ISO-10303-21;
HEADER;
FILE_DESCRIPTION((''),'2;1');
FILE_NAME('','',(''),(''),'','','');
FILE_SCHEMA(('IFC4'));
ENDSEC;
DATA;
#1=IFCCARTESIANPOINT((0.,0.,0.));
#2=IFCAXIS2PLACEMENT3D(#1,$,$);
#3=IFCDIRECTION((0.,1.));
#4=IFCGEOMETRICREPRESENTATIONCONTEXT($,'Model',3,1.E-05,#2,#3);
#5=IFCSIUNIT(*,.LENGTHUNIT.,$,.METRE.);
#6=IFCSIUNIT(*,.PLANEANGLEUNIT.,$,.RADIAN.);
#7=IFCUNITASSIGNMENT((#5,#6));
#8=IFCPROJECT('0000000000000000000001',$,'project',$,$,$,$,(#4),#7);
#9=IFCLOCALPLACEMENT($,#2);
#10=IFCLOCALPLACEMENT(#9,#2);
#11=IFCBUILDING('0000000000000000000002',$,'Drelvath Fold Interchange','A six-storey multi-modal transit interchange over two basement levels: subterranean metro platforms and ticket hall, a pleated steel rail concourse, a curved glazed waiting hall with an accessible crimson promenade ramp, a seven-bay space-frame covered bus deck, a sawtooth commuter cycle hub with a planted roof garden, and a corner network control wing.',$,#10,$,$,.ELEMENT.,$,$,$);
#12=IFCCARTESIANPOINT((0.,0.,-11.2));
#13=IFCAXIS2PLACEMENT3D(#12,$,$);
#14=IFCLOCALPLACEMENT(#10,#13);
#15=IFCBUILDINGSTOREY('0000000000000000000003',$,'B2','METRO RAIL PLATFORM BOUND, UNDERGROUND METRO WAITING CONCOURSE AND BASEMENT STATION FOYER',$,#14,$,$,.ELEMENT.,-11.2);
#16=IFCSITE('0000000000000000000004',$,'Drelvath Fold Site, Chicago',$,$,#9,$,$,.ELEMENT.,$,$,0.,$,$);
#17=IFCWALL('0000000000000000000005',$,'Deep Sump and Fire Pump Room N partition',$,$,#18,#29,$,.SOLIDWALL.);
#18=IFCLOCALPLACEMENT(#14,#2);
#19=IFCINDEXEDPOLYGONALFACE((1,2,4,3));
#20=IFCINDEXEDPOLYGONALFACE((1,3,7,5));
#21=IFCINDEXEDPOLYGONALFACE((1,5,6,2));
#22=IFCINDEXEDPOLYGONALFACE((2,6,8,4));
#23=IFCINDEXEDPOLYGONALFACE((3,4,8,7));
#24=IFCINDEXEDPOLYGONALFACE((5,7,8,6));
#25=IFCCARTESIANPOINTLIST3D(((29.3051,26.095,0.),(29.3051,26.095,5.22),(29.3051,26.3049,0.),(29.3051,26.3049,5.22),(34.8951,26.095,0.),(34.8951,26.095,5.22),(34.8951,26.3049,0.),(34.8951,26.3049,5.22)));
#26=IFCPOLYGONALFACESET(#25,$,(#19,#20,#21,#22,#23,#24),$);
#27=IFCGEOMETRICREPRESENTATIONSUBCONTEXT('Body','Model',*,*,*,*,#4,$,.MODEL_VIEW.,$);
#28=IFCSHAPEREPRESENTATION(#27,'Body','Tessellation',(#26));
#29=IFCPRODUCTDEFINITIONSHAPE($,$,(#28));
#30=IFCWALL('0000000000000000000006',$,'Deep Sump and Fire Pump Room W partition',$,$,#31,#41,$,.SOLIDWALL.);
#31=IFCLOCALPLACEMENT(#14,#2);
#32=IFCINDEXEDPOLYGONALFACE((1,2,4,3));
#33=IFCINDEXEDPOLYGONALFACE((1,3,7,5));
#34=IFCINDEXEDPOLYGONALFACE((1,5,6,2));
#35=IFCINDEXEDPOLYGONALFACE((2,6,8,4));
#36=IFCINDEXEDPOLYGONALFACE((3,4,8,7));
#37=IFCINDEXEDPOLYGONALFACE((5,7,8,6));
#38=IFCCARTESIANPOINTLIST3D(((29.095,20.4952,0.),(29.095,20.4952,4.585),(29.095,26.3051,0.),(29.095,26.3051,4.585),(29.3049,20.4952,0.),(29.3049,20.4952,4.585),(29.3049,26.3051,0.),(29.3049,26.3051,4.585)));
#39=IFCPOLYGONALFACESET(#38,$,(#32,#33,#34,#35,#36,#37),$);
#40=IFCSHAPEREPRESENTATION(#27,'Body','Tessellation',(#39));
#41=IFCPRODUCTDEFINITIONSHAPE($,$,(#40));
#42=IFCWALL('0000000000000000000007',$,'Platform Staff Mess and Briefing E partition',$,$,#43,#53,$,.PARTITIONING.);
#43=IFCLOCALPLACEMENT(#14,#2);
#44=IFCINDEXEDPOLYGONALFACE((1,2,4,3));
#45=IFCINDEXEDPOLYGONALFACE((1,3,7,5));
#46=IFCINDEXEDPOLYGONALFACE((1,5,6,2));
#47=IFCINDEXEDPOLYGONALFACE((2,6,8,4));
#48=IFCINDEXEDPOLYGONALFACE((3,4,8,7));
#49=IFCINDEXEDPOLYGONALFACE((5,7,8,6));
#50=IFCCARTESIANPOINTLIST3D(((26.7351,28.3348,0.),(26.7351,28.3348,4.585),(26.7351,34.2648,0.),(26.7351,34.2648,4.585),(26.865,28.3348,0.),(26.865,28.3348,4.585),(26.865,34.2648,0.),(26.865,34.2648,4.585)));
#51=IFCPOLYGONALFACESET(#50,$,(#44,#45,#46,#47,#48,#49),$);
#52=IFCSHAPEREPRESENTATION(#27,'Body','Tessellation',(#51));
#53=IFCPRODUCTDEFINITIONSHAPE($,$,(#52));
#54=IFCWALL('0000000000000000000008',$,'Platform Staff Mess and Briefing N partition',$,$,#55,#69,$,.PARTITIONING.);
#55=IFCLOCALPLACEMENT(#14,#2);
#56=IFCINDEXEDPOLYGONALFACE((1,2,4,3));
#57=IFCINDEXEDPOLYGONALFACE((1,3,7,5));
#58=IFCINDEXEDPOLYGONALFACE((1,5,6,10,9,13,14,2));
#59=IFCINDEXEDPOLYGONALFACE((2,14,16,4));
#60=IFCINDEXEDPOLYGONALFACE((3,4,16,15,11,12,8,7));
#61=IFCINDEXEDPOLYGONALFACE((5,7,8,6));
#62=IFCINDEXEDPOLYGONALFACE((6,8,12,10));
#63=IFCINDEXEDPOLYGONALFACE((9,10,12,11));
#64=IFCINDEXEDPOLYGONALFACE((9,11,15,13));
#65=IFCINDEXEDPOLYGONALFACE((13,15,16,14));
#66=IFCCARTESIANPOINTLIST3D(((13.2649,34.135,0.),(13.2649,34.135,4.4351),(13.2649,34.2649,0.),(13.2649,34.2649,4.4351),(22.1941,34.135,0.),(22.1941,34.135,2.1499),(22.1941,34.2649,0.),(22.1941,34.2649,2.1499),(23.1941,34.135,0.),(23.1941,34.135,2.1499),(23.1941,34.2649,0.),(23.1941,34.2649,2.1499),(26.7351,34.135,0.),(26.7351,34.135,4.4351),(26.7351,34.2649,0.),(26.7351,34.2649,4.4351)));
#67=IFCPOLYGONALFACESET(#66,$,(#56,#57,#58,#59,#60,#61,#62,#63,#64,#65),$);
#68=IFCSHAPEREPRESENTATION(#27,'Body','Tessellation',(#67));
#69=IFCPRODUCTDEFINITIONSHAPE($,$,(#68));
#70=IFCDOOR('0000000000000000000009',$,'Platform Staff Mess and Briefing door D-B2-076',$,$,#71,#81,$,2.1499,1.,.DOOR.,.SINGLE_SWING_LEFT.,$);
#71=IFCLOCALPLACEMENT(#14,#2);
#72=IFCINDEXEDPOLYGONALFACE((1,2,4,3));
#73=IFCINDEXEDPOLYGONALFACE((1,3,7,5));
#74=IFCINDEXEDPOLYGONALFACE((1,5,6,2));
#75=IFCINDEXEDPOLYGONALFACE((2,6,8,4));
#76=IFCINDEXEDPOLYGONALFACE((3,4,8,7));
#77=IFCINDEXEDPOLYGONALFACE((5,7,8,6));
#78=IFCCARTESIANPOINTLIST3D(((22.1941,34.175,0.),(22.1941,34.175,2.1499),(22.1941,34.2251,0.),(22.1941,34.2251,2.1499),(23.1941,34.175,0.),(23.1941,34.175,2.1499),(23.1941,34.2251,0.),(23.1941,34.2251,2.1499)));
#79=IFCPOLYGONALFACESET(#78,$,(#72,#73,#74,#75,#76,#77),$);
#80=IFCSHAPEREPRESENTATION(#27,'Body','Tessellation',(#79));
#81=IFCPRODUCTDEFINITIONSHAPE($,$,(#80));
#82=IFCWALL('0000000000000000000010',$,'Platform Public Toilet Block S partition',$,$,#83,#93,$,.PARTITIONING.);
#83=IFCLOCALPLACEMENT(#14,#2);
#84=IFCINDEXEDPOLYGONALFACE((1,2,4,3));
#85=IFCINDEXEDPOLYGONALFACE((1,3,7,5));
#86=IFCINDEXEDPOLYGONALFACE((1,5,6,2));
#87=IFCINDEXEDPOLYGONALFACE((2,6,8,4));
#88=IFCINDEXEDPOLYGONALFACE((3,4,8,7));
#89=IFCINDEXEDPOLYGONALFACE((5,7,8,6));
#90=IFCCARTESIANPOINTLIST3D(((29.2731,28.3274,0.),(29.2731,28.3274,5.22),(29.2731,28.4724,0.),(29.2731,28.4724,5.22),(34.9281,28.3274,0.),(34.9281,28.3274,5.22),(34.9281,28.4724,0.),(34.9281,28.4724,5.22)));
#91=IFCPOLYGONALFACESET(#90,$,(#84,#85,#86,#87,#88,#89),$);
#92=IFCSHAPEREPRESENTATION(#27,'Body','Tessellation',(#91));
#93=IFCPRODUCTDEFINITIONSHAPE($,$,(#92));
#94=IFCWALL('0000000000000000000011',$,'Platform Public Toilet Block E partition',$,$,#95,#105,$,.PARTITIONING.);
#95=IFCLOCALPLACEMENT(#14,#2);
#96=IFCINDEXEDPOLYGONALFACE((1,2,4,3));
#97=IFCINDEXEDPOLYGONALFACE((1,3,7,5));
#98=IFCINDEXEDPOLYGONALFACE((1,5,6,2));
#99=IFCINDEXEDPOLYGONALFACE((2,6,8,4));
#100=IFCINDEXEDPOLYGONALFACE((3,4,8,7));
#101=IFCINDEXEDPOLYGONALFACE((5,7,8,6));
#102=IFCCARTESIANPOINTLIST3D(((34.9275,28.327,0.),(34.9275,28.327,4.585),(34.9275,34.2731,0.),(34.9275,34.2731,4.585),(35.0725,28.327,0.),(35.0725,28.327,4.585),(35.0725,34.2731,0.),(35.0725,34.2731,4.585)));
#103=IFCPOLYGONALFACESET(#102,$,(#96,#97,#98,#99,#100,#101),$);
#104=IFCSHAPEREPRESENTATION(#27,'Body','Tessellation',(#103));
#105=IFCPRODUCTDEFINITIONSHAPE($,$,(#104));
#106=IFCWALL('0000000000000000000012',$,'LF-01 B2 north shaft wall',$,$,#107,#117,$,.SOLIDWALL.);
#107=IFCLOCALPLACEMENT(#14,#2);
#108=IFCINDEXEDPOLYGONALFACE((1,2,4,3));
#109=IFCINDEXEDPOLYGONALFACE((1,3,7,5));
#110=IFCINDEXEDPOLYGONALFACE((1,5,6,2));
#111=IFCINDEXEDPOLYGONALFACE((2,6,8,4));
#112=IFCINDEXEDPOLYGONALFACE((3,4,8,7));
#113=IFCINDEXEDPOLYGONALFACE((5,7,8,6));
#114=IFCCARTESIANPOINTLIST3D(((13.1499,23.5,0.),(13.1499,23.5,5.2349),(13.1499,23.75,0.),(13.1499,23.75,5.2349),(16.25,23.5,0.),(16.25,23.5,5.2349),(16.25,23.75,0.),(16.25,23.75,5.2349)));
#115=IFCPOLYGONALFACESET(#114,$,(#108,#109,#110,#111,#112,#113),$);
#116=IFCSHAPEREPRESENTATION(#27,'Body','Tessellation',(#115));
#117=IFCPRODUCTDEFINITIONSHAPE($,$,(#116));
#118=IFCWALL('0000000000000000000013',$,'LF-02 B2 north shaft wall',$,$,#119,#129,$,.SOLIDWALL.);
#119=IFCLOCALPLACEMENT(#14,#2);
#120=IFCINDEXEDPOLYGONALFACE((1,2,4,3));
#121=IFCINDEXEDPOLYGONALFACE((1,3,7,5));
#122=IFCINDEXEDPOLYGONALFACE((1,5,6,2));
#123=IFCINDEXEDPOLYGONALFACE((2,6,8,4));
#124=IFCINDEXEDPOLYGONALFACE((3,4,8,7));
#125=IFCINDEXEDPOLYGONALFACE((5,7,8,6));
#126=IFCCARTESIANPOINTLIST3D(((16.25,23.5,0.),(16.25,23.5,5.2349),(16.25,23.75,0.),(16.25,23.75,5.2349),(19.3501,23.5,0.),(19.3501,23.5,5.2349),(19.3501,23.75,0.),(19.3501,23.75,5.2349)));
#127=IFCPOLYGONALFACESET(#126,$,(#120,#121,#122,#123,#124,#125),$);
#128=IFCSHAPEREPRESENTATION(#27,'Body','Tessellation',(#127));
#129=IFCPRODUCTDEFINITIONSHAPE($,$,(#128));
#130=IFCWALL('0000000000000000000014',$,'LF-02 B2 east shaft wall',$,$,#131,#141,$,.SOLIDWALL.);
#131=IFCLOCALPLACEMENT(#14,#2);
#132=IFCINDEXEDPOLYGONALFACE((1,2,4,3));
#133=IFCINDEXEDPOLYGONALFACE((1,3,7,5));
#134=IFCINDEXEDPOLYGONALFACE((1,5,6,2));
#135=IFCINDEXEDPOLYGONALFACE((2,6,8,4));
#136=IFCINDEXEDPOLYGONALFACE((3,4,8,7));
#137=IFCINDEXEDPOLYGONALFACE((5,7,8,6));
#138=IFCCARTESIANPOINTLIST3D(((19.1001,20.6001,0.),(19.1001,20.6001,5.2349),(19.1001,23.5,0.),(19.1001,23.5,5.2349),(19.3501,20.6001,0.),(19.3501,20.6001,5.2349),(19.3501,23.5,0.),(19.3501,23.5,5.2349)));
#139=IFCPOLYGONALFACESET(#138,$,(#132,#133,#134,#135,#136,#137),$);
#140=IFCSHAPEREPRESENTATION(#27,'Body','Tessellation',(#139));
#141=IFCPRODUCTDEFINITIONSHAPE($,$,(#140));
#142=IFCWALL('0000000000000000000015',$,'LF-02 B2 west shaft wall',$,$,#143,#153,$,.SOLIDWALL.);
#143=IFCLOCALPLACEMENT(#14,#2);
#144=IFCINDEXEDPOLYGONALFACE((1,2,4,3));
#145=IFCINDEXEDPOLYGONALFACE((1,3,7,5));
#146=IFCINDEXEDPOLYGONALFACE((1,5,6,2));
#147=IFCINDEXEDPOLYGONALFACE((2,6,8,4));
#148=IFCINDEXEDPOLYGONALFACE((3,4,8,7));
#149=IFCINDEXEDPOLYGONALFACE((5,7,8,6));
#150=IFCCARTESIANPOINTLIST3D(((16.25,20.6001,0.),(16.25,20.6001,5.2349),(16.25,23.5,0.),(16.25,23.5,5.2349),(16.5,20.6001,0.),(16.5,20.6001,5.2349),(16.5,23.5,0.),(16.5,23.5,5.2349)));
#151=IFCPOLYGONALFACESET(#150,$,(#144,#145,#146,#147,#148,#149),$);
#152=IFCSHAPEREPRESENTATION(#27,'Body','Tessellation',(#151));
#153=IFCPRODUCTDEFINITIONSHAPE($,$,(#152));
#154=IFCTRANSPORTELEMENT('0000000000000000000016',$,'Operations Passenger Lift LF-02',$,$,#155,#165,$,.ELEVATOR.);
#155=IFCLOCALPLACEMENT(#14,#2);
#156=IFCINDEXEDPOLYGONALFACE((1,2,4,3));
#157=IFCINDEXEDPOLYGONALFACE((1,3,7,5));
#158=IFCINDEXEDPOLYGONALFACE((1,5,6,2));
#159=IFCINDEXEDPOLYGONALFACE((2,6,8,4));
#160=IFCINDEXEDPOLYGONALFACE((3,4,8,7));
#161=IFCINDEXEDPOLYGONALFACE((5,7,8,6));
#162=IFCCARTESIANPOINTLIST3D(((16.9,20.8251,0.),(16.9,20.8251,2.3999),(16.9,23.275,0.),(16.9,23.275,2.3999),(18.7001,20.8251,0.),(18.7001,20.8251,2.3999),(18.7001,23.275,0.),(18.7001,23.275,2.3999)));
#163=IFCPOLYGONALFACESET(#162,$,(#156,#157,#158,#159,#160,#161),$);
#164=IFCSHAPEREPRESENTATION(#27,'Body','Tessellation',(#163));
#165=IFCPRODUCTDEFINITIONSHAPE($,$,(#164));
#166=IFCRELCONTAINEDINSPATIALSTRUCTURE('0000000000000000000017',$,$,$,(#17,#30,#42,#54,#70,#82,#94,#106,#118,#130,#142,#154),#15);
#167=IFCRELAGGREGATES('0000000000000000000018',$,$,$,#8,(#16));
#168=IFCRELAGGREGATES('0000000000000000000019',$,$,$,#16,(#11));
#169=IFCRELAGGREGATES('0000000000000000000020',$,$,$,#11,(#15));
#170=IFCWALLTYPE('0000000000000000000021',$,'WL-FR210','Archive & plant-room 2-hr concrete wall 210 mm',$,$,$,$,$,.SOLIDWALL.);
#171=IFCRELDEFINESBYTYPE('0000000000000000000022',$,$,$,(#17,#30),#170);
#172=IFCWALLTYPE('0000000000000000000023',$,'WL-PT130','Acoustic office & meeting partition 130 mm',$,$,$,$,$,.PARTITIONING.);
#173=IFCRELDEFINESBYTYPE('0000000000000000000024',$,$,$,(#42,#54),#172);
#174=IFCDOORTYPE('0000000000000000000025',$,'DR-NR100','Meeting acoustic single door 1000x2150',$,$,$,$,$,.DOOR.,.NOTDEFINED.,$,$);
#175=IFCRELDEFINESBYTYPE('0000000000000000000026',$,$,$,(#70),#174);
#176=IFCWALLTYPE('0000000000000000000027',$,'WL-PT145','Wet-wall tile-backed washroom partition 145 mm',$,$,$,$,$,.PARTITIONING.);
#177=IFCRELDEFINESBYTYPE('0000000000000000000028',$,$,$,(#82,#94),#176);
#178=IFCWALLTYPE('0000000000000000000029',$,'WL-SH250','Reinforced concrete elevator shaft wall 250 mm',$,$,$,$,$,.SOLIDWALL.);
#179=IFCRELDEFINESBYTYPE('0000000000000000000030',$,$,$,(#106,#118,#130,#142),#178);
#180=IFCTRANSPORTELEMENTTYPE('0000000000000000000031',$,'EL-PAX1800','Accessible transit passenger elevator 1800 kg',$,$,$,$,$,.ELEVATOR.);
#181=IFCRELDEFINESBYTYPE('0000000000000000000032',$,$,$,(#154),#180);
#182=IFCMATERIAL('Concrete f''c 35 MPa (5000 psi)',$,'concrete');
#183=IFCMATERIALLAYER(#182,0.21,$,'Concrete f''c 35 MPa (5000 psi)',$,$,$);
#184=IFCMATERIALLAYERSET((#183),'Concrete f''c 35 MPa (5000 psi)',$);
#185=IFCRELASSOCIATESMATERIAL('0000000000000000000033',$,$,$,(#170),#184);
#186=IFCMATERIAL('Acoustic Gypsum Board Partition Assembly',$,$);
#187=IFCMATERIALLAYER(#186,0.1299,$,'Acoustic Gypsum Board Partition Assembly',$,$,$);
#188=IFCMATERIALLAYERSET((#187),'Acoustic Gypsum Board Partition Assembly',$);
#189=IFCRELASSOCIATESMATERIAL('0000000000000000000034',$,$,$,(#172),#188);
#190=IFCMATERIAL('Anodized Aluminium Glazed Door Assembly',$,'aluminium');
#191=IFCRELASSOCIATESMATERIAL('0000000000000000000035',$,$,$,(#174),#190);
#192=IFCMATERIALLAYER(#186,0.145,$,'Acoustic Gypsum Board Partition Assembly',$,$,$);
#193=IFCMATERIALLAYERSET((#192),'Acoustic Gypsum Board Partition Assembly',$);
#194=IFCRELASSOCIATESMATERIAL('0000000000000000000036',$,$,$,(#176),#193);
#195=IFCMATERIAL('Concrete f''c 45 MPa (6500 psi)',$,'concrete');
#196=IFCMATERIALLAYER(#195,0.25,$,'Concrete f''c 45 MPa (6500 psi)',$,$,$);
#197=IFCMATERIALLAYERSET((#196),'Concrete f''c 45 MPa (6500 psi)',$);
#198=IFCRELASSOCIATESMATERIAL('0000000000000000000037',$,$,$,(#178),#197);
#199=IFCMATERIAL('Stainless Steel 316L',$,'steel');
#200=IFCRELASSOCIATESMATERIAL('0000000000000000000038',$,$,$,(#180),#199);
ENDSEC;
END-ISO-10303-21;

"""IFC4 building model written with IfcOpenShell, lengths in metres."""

from ifc_helpers import new_model, si_unit, direction, frame, frame_2d, origin, origin_2d, place, context, subcontext, project, spatial, rectangle, extrude, material, layer, layer_set, type_object, element, fill, save


model = new_model("IFC4")

# Units and contexts
model_context = context("Model", 3, precision=1e-05, world=origin(), true_north=direction((0.0, 1.0)))
body_context = subcontext(model_context, "Body", "Model", "MODEL_VIEW")
ifc_project = project(units=[si_unit("LENGTHUNIT", "METRE"), si_unit("PLANEANGLEUNIT", "RADIAN")], contexts=[model_context])

# Site, building, storey
site_placement = place(None, origin())
site = spatial("IfcSite", under=ifc_project, at=site_placement, Name="Drelvath Fold Site, Chicago", CompositionType="ELEMENT", RefElevation=0.0)
building_placement = place(site_placement, origin())
building = spatial("IfcBuilding", under=site, at=building_placement, Name="Drelvath Fold Interchange", Description="A six-storey multi-modal transit interchange over two basement levels: subterranean metro platforms and ticket hall, a pleated steel rail concourse, a curved glazed waiting hall with an accessible crimson promenade ramp, a seven-bay space-frame covered bus deck, a sawtooth commuter cycle hub with a planted roof garden, and a corner network control wing.", CompositionType="ELEMENT")
storey_placement = place(building_placement, frame((0.0, 0.0, -11.2)))
storey = spatial("IfcBuildingStorey", under=building, at=storey_placement, Name="B2", Description="METRO RAIL PLATFORM BOUND, UNDERGROUND METRO WAITING CONCOURSE AND BASEMENT STATION FOYER", CompositionType="ELEMENT", Elevation=-11.2)

# Shared definitions
ifc_material_1 = material(Name="Concrete f'c 45 MPa (6500 psi)", Category="concrete")

# Shared definitions
ifc_material_2 = material(Name="Concrete f'c 35 MPa (5000 psi)", Category="concrete")
ifc_layer_1 = layer(ifc_material_2, 0.21, Name="Concrete f'c 35 MPa (5000 psi)")
ifc_layer_set_1 = layer_set([ifc_layer_1], Name="Concrete f'c 35 MPa (5000 psi)")
wall_type_1 = type_object("IfcWallType", Name="WL-FR210", Description="Archive & plant-room 2-hr concrete wall 210 mm", PredefinedType="SOLIDWALL", material=ifc_layer_set_1)

# Walls
wall_1_placement = place(storey_placement, frame((34.895, 26.2, 0.0), z_axis=(0.0, 0.0, 1.0), x_axis=(-1.0, 0.0, 0.0)))
element("IfcWall", 1, at=wall_1_placement, inside=storey, type_object=wall_type_1, Name="Deep Sump and Fire Pump Room N partition", PredefinedType="SOLIDWALL", context=body_context, shape_type="SweptSolid", body=[
    extrude(rectangle(XDim=5.5901, YDim=0.21, at=frame_2d((2.7949, 0.0))), origin(), (0.0, 0.0, 1.0), 5.22),
])
wall_2_placement = place(storey_placement, frame((29.2, 26.3049, 0.0), z_axis=(0.0, 0.0, 1.0), x_axis=(0.0, -1.0, 0.0)))
element("IfcWall", 2, at=wall_2_placement, inside=storey, type_object=wall_type_1, Name="Deep Sump and Fire Pump Room W partition", PredefinedType="SOLIDWALL", context=body_context, shape_type="SweptSolid", body=[
    extrude(rectangle(XDim=5.8098, YDim=0.21, at=frame_2d((2.9048, 0.0))), origin(), (0.0, 0.0, 1.0), 4.585),
])
ifc_material_3 = material(Name="Acoustic Gypsum Board Partition Assembly")
ifc_layer_2 = layer(ifc_material_3, 0.1299, Name="Acoustic Gypsum Board Partition Assembly")
ifc_layer_set_2 = layer_set([ifc_layer_2], Name="Acoustic Gypsum Board Partition Assembly")
wall_type_2 = type_object("IfcWallType", Name="WL-PT130", Description="Acoustic office & meeting partition 130 mm", PredefinedType="PARTITIONING", material=ifc_layer_set_2)
wall_3_placement = place(storey_placement, frame((26.8, 28.335, 0.0), z_axis=(0.0, 0.0, 1.0), x_axis=(0.0, 1.0, 0.0)))
element("IfcWall", 3, at=wall_3_placement, inside=storey, type_object=wall_type_2, Name="Platform Staff Mess and Briefing E partition", PredefinedType="PARTITIONING", context=body_context, shape_type="SweptSolid", body=[
    extrude(rectangle(XDim=5.9299, YDim=0.1299, at=frame_2d((2.9648, 0.0))), origin(), (0.0, 0.0, 1.0), 4.585),
])

# Wall, opening, door
wall_4_placement = place(storey_placement, frame((26.7351, 34.2, 0.0), z_axis=(0.0, 0.0, 1.0), x_axis=(-1.0, 0.0, 0.0)))
wall_4 = element("IfcWall", 4, at=wall_4_placement, inside=storey, type_object=wall_type_2, Name="Platform Staff Mess and Briefing N partition", PredefinedType="PARTITIONING", context=body_context, shape_type="SweptSolid", body=[
    extrude(rectangle(XDim=13.4702, YDim=0.1299, at=frame_2d((6.7351, 0.0))), origin(), (0.0, 0.0, 1.0), 4.4351),
])
opening_1_placement = place(wall_4_placement, frame((3.541, 0.0, 0.0)))
opening_1 = element("IfcOpeningElement", 5, at=opening_1_placement, cuts=wall_4, PredefinedType="OPENING", context=body_context, shape_type="SweptSolid", body=[
    extrude(rectangle(XDim=1.0, YDim=2.1499, at=frame_2d((0.5, 1.075))), frame((0.0, 0.075, 0.0), z_axis=(0.0, -1.0, 0.0), x_axis=(1.0, 0.0, 0.0)), (0.0, 0.0, 1.0), 0.1499),
])
ifc_material_4 = material(Name="Anodized Aluminium Glazed Door Assembly", Category="aluminium")
door_type_1 = type_object("IfcDoorType", Name="DR-NR100", Description="Meeting acoustic single door 1000x2150", OperationType="NOTDEFINED", PredefinedType="DOOR", material=ifc_material_4)
door_1_placement = place(opening_1_placement, origin())
door_1 = element("IfcDoor", 6, at=door_1_placement, inside=storey, type_object=door_type_1, Name="Platform Staff Mess and Briefing door D-B2-076", OperationType="SINGLE_SWING_LEFT", OverallHeight=2.1499, OverallWidth=1.0, PredefinedType="DOOR", context=body_context, shape_type="SweptSolid", body=[
    extrude(rectangle(XDim=1.0, YDim=2.1499, at=frame_2d((0.5, 1.075))), frame((0.0, 0.0249, 0.0), z_axis=(0.0, -1.0, 0.0), x_axis=(1.0, 0.0, 0.0)), (0.0, 0.0, 1.0), 0.05),
])
fill(opening_1, door_1)

# Walls
ifc_layer_3 = layer(ifc_material_3, 0.145, Name="Acoustic Gypsum Board Partition Assembly")
ifc_layer_set_3 = layer_set([ifc_layer_3], Name="Acoustic Gypsum Board Partition Assembly")
wall_type_3 = type_object("IfcWallType", Name="WL-PT145", Description="Wet-wall tile-backed washroom partition 145 mm", PredefinedType="PARTITIONING", material=ifc_layer_set_3)
wall_5_placement = place(storey_placement, frame((29.2729, 28.3999, 0.0), z_axis=(0.0, 0.0, 1.0), x_axis=(1.0, 0.0, 0.0)))
element("IfcWall", 7, at=wall_5_placement, inside=storey, type_object=wall_type_3, Name="Platform Public Toilet Block S partition", PredefinedType="PARTITIONING", context=body_context, shape_type="SweptSolid", body=[
    extrude(rectangle(XDim=5.655, YDim=0.145, at=frame_2d((2.8276, 0.0))), origin(), (0.0, 0.0, 1.0), 5.22),
])
wall_6_placement = place(storey_placement, frame((35.0, 28.3269, 0.0), z_axis=(0.0, 0.0, 1.0), x_axis=(0.0, 1.0, 0.0)))
element("IfcWall", 8, at=wall_6_placement, inside=storey, type_object=wall_type_3, Name="Platform Public Toilet Block E partition", PredefinedType="PARTITIONING", context=body_context, shape_type="SweptSolid", body=[
    extrude(rectangle(XDim=5.946, YDim=0.145, at=frame_2d((2.9731, 0.0))), origin(), (0.0, 0.0, 1.0), 4.585),
])
ifc_layer_4 = layer(ifc_material_1, 0.25, Name="Concrete f'c 45 MPa (6500 psi)")
ifc_layer_set_4 = layer_set([ifc_layer_4], Name="Concrete f'c 45 MPa (6500 psi)")
wall_type_4 = type_object("IfcWallType", Name="WL-SH250", Description="Reinforced concrete elevator shaft wall 250 mm", PredefinedType="SOLIDWALL", material=ifc_layer_set_4)
for number, where, z_axis, x_axis, name in (
    (9, (16.25, 23.625, 0.0), (0.0, 0.0, 1.0), (-1.0, 0.0, 0.0), "LF-01 B2 north shaft wall"),
    (10, (19.3501, 23.625, 0.0), (0.0, 0.0, 1.0), (-1.0, 0.0, 0.0), "LF-02 B2 north shaft wall"),
):
    element("IfcWall", number, at=place(storey_placement, frame(where, z_axis=z_axis, x_axis=x_axis)), inside=storey, type_object=wall_type_4, Name=name, PredefinedType="SOLIDWALL", context=body_context, shape_type="SweptSolid", body=[
        extrude(rectangle(XDim=3.1001, YDim=0.25, at=frame_2d((1.55, 0.0))), origin(), (0.0, 0.0, 1.0), 5.2349),
    ])
for number, where, z_axis, x_axis, name in (
    (11, (19.2251, 20.6001, 0.0), (0.0, 0.0, 1.0), (0.0, 1.0, 0.0), "LF-02 B2 east shaft wall"),
    (12, (16.375, 23.5, 0.0), (0.0, 0.0, 1.0), (0.0, -1.0, 0.0), "LF-02 B2 west shaft wall"),
):
    element("IfcWall", number, at=place(storey_placement, frame(where, z_axis=z_axis, x_axis=x_axis)), inside=storey, type_object=wall_type_4, Name=name, PredefinedType="SOLIDWALL", context=body_context, shape_type="SweptSolid", body=[
        extrude(rectangle(XDim=2.8999, YDim=0.25, at=frame_2d((1.45, 0.0))), origin(), (0.0, 0.0, 1.0), 5.2349),
    ])

# Transport element
ifc_material_5 = material(Name="Stainless Steel 316L", Category="steel")
transport_element_type = type_object("IfcTransportElementType", Name="EL-PAX1800", Description="Accessible transit passenger elevator 1800 kg", PredefinedType="ELEVATOR", material=ifc_material_5)
transport_element_placement = place(storey_placement, frame((17.8, 22.05, 0.0), z_axis=(0.0, 0.0, 1.0), x_axis=(1.0, 0.0, 0.0)))
element("IfcTransportElement", 13, at=transport_element_placement, inside=storey, type_object=transport_element_type, Name="Operations Passenger Lift LF-02", PredefinedType="ELEVATOR", context=body_context, shape_type="SweptSolid", body=[
    extrude(rectangle(XDim=1.8, YDim=2.45, at=origin_2d()), origin(), (0.0, 0.0, 1.0), 2.3999),
])

save(model, "model.ifc")
